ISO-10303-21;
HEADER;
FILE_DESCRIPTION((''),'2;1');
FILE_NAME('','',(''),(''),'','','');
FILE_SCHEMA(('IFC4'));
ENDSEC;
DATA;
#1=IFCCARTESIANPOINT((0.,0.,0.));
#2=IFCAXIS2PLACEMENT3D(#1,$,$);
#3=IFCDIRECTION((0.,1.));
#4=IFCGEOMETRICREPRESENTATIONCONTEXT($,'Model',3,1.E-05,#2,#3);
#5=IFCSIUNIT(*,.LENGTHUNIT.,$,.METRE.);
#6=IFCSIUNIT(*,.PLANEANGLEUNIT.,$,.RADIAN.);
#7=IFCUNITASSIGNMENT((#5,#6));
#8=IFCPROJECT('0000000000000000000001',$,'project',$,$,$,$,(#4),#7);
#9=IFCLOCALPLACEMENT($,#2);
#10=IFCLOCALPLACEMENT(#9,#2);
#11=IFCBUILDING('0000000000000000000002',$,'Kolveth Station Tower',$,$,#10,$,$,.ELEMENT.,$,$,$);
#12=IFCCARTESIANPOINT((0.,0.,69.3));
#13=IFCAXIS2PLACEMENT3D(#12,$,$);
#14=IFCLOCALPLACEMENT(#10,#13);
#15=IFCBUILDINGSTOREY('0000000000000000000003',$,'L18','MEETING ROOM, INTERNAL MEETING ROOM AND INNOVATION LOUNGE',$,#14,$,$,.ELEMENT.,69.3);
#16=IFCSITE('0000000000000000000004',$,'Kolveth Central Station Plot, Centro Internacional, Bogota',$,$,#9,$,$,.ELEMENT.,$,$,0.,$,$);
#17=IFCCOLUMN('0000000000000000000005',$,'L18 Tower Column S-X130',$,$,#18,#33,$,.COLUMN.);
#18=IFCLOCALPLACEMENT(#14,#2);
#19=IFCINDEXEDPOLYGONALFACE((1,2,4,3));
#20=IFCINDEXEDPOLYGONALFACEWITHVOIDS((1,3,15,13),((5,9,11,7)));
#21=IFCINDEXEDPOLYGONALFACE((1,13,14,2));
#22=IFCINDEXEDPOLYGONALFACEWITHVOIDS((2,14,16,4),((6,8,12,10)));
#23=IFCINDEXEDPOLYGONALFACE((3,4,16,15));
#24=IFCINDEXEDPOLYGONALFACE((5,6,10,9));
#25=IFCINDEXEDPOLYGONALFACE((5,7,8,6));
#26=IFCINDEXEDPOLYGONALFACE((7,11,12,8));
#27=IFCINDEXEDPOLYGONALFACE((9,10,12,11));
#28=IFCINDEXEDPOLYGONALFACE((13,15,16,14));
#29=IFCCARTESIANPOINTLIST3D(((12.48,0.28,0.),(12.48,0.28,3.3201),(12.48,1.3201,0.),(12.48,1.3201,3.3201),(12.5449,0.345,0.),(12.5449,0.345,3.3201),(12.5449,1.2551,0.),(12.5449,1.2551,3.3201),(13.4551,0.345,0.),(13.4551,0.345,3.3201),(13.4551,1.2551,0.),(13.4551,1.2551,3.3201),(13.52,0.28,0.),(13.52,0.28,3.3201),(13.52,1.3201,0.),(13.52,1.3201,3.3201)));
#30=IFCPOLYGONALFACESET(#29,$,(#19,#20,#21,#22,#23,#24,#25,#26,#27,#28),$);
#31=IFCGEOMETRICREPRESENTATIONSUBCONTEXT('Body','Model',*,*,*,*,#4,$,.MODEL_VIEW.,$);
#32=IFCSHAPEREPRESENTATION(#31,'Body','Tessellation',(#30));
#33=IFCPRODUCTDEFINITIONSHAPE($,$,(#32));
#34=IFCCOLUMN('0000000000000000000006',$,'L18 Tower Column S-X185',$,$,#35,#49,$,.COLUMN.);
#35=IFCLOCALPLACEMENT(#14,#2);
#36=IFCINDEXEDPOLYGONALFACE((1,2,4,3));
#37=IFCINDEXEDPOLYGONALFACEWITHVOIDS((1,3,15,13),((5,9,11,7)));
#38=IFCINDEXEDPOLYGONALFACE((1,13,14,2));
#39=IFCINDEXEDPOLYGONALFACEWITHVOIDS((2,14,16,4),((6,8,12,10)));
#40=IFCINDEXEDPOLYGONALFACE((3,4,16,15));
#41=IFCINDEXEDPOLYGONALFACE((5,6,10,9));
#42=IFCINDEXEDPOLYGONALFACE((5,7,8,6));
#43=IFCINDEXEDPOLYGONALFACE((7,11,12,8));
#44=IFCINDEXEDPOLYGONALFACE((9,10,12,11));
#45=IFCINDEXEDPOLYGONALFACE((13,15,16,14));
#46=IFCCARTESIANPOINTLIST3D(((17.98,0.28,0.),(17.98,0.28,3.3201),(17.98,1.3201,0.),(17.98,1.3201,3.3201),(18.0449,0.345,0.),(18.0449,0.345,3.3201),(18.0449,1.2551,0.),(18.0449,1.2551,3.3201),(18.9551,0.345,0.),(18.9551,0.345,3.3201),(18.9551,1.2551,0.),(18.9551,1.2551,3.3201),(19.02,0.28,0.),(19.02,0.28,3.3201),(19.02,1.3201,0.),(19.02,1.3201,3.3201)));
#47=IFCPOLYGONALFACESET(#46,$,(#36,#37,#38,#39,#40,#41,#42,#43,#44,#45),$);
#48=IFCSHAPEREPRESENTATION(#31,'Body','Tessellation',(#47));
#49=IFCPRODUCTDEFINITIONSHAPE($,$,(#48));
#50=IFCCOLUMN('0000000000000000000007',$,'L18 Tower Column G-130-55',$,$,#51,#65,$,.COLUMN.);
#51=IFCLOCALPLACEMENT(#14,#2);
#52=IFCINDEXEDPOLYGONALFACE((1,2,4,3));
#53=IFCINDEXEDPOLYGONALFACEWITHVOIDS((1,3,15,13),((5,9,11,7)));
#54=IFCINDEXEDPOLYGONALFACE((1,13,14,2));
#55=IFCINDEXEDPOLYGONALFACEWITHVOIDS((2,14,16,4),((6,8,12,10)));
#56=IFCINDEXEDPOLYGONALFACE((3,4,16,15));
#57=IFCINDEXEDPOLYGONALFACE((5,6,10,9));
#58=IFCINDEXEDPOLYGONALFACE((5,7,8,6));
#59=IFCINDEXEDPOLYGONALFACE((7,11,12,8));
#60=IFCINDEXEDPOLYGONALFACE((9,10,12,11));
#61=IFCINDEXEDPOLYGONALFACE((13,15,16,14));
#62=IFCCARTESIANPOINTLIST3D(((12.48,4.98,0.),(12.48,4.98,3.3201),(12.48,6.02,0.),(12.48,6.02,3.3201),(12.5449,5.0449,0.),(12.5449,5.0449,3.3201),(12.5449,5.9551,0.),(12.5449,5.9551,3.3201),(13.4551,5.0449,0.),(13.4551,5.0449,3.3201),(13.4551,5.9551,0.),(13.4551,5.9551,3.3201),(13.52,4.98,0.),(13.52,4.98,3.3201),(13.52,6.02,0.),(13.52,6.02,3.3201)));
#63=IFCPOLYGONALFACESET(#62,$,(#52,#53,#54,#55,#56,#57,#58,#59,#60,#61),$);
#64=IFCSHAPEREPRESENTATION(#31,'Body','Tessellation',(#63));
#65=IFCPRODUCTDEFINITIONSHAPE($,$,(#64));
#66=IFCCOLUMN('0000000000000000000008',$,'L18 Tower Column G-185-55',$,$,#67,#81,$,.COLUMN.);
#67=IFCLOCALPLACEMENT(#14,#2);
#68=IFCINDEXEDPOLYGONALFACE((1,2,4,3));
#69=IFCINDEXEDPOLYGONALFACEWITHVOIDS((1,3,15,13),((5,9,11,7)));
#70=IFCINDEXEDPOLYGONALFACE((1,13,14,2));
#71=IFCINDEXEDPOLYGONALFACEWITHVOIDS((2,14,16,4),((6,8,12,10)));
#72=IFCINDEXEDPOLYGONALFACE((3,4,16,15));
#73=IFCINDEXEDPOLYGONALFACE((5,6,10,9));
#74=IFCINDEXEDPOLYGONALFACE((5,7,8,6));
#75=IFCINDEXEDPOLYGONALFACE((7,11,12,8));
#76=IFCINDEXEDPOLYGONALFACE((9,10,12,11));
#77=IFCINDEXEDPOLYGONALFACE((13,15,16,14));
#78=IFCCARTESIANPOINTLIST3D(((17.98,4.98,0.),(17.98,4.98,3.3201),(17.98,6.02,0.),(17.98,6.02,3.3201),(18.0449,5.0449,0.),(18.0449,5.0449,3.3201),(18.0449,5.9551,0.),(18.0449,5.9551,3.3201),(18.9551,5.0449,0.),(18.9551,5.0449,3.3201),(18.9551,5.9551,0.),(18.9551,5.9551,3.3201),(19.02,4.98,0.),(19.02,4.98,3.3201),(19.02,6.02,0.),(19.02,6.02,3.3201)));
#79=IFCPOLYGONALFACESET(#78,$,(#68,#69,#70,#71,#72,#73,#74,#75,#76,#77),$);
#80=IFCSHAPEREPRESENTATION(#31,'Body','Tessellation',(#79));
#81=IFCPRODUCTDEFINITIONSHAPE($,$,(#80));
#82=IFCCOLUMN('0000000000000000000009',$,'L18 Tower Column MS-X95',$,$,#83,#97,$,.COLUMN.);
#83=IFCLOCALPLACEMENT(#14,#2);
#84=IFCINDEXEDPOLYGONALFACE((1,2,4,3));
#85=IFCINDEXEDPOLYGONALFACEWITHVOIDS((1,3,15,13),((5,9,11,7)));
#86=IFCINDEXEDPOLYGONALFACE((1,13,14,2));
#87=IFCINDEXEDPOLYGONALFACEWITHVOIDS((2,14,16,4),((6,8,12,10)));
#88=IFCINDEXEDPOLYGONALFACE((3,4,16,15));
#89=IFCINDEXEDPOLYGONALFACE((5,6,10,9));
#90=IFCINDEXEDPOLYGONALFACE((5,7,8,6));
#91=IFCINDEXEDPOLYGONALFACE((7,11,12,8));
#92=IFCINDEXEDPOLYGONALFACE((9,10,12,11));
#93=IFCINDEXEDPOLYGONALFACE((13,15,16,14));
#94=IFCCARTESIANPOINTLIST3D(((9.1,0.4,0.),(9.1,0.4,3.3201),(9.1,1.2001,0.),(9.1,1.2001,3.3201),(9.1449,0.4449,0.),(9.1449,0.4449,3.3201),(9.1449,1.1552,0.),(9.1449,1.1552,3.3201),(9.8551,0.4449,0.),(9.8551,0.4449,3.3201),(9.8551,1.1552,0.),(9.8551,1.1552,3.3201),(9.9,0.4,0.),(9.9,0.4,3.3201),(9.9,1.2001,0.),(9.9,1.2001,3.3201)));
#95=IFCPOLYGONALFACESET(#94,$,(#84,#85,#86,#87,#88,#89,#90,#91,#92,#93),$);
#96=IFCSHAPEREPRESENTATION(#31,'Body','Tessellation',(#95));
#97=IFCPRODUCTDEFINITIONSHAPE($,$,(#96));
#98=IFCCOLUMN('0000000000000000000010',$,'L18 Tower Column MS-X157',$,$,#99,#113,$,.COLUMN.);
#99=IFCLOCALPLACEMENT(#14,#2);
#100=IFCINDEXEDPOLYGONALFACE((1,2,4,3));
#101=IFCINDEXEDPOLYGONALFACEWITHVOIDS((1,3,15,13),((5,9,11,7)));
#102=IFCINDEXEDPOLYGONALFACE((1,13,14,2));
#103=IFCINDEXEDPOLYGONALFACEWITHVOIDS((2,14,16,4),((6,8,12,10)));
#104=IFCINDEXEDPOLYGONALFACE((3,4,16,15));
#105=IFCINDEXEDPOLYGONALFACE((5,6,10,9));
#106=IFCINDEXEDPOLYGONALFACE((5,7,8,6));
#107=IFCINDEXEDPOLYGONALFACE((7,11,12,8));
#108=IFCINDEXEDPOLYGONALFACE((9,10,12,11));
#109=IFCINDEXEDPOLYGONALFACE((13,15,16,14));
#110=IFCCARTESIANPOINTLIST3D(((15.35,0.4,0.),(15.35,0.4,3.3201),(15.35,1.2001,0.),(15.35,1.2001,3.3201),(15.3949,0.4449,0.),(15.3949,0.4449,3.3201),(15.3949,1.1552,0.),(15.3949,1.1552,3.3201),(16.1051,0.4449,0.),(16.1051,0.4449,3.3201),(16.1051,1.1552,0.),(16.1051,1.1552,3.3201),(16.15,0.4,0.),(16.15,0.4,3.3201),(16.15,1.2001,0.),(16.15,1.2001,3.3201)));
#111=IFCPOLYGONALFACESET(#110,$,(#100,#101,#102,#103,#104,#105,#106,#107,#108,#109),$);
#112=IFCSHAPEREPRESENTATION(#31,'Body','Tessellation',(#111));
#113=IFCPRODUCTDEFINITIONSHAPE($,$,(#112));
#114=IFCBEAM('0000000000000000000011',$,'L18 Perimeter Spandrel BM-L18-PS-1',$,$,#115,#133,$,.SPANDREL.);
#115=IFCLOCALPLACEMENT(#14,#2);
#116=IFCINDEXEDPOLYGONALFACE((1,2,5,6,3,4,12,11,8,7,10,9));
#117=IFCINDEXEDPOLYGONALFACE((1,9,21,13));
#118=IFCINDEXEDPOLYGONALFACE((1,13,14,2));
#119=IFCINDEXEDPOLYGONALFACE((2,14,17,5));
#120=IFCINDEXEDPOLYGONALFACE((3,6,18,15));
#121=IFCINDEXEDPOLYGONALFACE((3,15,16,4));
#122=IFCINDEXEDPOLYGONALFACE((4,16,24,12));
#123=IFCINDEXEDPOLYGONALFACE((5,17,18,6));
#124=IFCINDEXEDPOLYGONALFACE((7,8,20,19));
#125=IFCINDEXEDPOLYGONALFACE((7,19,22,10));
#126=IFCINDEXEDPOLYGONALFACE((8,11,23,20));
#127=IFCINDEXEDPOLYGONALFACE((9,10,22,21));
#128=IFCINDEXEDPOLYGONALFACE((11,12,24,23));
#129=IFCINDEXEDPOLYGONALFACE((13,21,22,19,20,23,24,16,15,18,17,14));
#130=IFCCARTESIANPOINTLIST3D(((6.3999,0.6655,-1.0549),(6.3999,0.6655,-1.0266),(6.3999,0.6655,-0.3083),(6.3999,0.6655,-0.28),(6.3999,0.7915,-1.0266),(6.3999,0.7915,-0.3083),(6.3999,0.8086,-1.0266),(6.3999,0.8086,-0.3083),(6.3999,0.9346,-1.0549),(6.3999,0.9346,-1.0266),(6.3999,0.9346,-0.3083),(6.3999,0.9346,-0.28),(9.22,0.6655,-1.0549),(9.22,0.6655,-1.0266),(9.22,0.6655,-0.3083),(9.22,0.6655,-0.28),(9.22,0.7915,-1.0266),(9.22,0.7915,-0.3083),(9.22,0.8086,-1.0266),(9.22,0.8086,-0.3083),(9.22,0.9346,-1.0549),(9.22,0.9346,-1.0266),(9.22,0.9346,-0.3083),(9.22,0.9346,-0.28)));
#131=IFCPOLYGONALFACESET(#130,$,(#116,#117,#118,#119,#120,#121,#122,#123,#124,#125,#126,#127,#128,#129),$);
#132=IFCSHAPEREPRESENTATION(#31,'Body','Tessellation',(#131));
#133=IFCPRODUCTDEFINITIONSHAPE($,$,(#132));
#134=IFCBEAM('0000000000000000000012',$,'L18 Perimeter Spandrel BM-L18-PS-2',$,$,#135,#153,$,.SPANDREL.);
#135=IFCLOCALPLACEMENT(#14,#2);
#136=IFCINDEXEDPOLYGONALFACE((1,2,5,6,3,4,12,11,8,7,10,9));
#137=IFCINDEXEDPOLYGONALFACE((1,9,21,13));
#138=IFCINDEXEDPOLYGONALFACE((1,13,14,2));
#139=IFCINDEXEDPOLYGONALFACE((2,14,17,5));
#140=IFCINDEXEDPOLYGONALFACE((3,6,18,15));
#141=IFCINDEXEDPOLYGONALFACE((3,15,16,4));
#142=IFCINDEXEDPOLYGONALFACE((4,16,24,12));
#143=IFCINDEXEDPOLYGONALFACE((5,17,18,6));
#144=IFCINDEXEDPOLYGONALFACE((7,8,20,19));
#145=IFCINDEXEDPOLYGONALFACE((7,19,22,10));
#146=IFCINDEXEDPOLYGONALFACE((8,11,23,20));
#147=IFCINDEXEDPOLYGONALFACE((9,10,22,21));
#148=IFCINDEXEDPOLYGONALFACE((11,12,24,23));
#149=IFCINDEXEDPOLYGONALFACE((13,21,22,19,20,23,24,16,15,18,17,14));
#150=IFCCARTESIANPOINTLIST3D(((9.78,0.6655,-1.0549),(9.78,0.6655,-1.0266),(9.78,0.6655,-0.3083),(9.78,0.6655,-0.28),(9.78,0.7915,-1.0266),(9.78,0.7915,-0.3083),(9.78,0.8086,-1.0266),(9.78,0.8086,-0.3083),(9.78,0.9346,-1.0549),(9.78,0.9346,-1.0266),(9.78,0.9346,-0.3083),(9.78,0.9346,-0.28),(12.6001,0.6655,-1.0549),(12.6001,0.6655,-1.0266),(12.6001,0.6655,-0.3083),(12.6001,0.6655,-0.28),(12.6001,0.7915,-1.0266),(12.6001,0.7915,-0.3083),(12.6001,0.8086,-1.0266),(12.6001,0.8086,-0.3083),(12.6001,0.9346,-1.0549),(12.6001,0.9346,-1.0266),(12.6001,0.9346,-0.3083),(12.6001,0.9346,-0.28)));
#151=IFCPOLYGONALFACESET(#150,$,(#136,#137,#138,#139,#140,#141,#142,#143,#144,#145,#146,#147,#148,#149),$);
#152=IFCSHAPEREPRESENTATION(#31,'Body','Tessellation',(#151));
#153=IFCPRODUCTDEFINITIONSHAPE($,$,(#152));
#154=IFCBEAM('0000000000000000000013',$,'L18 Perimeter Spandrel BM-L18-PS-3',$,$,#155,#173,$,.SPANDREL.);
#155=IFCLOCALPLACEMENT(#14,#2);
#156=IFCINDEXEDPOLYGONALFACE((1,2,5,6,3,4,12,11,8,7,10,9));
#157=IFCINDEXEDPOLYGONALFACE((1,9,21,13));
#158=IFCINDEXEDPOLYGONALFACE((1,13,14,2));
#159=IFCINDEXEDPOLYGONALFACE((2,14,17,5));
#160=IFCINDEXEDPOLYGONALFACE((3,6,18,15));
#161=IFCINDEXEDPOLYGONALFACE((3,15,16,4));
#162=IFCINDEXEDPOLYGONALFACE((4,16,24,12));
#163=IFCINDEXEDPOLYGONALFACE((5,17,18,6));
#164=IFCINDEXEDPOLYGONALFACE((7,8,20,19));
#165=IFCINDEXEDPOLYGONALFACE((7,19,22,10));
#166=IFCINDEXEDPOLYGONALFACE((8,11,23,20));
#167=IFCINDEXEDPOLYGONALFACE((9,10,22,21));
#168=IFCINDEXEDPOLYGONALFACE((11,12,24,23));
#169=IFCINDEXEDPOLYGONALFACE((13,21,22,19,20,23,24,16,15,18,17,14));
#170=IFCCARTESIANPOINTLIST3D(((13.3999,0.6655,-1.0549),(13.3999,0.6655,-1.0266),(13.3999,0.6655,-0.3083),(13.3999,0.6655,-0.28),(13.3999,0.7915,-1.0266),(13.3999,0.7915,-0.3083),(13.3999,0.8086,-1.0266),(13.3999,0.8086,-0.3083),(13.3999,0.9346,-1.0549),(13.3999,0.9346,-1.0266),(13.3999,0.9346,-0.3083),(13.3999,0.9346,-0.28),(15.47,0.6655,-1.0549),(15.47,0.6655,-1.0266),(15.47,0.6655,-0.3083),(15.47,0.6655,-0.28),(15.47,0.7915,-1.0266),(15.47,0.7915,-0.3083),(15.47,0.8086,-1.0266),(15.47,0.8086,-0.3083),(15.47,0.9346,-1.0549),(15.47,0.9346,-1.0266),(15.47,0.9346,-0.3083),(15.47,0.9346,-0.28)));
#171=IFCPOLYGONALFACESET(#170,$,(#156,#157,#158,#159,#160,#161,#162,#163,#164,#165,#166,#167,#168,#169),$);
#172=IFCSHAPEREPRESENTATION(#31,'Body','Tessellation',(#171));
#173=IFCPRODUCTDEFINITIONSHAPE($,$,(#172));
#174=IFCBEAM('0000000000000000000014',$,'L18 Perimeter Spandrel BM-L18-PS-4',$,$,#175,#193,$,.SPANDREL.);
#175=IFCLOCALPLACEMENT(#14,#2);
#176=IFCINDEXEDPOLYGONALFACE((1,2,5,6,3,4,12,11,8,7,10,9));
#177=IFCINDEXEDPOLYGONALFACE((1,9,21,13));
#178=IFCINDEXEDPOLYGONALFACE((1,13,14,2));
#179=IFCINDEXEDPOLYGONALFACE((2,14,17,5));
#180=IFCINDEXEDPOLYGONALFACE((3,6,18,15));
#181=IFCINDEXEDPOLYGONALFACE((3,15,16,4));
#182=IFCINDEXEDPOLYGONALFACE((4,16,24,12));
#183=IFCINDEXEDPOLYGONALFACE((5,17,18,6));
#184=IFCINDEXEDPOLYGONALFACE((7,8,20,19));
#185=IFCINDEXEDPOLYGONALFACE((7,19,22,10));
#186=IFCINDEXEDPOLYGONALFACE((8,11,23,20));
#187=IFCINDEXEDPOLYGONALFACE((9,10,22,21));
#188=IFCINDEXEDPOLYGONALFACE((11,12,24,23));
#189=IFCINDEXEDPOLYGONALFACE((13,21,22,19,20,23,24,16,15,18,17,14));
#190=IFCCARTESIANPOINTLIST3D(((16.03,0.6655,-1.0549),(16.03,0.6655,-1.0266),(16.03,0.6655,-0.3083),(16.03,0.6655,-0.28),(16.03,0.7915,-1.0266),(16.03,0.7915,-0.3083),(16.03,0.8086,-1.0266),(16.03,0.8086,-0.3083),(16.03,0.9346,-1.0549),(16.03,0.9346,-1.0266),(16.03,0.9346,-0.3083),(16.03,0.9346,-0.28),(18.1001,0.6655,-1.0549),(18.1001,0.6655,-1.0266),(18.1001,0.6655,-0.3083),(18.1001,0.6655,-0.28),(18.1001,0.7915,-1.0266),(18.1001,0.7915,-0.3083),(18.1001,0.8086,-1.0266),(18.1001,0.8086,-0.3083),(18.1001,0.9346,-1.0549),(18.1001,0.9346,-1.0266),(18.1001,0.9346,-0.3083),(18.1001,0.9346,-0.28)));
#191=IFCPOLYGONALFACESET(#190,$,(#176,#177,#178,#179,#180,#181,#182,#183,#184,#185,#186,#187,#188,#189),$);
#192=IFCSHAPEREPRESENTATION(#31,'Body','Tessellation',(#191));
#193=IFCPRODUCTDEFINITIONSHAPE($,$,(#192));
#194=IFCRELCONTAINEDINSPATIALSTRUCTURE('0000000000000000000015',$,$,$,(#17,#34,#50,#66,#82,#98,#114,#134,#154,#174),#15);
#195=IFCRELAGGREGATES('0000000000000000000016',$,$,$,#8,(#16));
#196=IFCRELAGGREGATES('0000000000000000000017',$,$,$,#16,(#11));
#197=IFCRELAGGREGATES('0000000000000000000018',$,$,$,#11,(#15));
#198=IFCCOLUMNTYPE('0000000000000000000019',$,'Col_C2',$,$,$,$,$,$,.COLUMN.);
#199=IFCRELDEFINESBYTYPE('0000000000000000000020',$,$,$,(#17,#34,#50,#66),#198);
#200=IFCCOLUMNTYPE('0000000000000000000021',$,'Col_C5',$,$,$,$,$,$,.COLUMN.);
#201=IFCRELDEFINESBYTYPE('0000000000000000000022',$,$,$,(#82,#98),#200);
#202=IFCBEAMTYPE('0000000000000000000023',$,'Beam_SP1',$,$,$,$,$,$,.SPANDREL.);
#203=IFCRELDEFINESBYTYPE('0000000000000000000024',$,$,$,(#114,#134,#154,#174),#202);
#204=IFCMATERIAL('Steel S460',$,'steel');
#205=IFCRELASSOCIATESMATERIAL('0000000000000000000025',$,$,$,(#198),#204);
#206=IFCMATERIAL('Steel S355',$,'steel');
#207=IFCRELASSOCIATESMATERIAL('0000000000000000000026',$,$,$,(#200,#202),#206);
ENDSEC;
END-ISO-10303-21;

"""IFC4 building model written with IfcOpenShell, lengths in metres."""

from ifc_helpers import new_model, si_unit, direction, frame, origin, origin_2d, place, context, subcontext, project, spatial, hollow_rectangle, i_section, extrude, source, transform, mapped, material, material_profile, profile_set, type_object, element, save


model = new_model("IFC4")

# Units and contexts
model_context = context("Model", 3, precision=1e-05, world=origin(), true_north=direction((0.0, 1.0)))
body_context = subcontext(model_context, "Body", "Model", "MODEL_VIEW")
ifc_project = project(units=[si_unit("LENGTHUNIT", "METRE"), si_unit("PLANEANGLEUNIT", "RADIAN")], contexts=[model_context])

# Site, building, storey
site_placement = place(None, origin())
site = spatial("IfcSite", under=ifc_project, at=site_placement, Name="Kolveth Central Station Plot, Centro Internacional, Bogota", CompositionType="ELEMENT", RefElevation=0.0)
building_placement = place(site_placement, origin())
building = spatial("IfcBuilding", under=site, at=building_placement, Name="Kolveth Station Tower", CompositionType="ELEMENT")
storey_placement = place(building_placement, frame((0.0, 0.0, 69.3)))
storey = spatial("IfcBuildingStorey", under=building, at=storey_placement, Name="L18", Description="MEETING ROOM, INTERNAL MEETING ROOM AND INNOVATION LOUNGE", CompositionType="ELEMENT", Elevation=69.3)

# Columns
ifc_material_1 = material(Name="Steel S460", Category="steel")
ifc_material_profile_1 = material_profile(ifc_material_1, hollow_rectangle(XDim=1.04, YDim=1.04, WallThickness=0.0649, at=origin_2d()), Name="BOX1040x1040x65")
ifc_profile_set_1 = profile_set([ifc_material_profile_1], Name="Steel S460")
column_type_1 = type_object("IfcColumnType", Name="Col_C2", PredefinedType="COLUMN", material=ifc_profile_set_1)
shared_shape_1 = source(origin(), body_context, "Body", "SweptSolid", [
    extrude(hollow_rectangle(XDim=1.04, YDim=1.04, WallThickness=0.0649, at=origin_2d()), origin(), (0.0, 0.0, 1.0), 3.3201),
])
for number, where, z_axis, x_axis, name in (
    (1, (13.0, 0.8, 0.0), (0.0, 0.0, 1.0), (1.0, 0.0, 0.0), "L18 Tower Column S-X130"),
    (2, (18.5, 0.8, 0.0), (0.0, 0.0, 1.0), (1.0, 0.0, 0.0), "L18 Tower Column S-X185"),
    (3, (13.0, 5.5, 0.0), (0.0, 0.0, 1.0), (1.0, 0.0, 0.0), "L18 Tower Column G-130-55"),
    (4, (18.5, 5.5, 0.0), (0.0, 0.0, 1.0), (1.0, 0.0, 0.0), "L18 Tower Column G-185-55"),
):
    element("IfcColumn", number, at=place(storey_placement, frame(where, z_axis=z_axis, x_axis=x_axis)), inside=storey, type_object=column_type_1, Name=name, PredefinedType="COLUMN", context=body_context, shape_type="MappedRepresentation", body=[
        mapped(shared_shape_1, transform((0.0, 0.0, 0.0), x_axis=(1.0, 0.0, 0.0), y_axis=(0.0, 1.0, 0.0), z_axis=(0.0, 0.0, 1.0), scale=1.0)),
    ])
ifc_material_2 = material(Name="Steel S355", Category="steel")
ifc_material_profile_2 = material_profile(ifc_material_2, hollow_rectangle(XDim=0.8, YDim=0.8, WallThickness=0.0449, at=origin_2d()), Name="BOX800x800x45")
ifc_profile_set_2 = profile_set([ifc_material_profile_2], Name="Steel S355")
column_type_2 = type_object("IfcColumnType", Name="Col_C5", PredefinedType="COLUMN", material=ifc_profile_set_2)
shared_shape_2 = source(origin(), body_context, "Body", "SweptSolid", [
    extrude(hollow_rectangle(XDim=0.8, YDim=0.8, WallThickness=0.0449, at=origin_2d()), origin(), (0.0, 0.0, 1.0), 3.3201),
])
for number, where, z_axis, x_axis, name in (
    (5, (9.5, 0.8, 0.0), (0.0, 0.0, 1.0), (1.0, 0.0, 0.0), "L18 Tower Column MS-X95"),
    (6, (15.75, 0.8, 0.0), (0.0, 0.0, 1.0), (1.0, 0.0, 0.0), "L18 Tower Column MS-X157"),
):
    element("IfcColumn", number, at=place(storey_placement, frame(where, z_axis=z_axis, x_axis=x_axis)), inside=storey, type_object=column_type_2, Name=name, PredefinedType="COLUMN", context=body_context, shape_type="MappedRepresentation", body=[
        mapped(shared_shape_2, transform((0.0, 0.0, 0.0), x_axis=(1.0, 0.0, 0.0), y_axis=(0.0, 1.0, 0.0), z_axis=(0.0, 0.0, 1.0), scale=1.0)),
    ])

# Beams
ifc_material_profile_3 = material_profile(ifc_material_2, i_section(OverallWidth=0.269, OverallDepth=0.7749, WebThickness=0.0171, FlangeThickness=0.0283, at=origin_2d()), Name="W760x220")
ifc_profile_set_3 = profile_set([ifc_material_profile_3], Name="Steel S355")
beam_type_1 = type_object("IfcBeamType", Name="Beam_SP1", PredefinedType="SPANDREL", material=ifc_profile_set_3)
shared_shape_3 = source(origin(), body_context, "Body", "SweptSolid", [
    extrude(i_section(OverallWidth=0.269, OverallDepth=0.7749, WebThickness=0.0171, FlangeThickness=0.0283, at=origin_2d()), origin(), (0.0, 0.0, 1.0), 2.8201),
])
for number, where, z_axis, x_axis, name in (
    (7, (6.3999, 0.8, -0.6675), (1.0, 0.0, 0.0), (0.0, 1.0, 0.0), "L18 Perimeter Spandrel BM-L18-PS-1"),
    (8, (9.78, 0.8, -0.6675), (1.0, 0.0, 0.0), (0.0, 1.0, 0.0), "L18 Perimeter Spandrel BM-L18-PS-2"),
):
    element("IfcBeam", number, at=place(storey_placement, frame(where, z_axis=z_axis, x_axis=x_axis)), inside=storey, type_object=beam_type_1, Name=name, PredefinedType="SPANDREL", context=body_context, shape_type="MappedRepresentation", body=[
        mapped(shared_shape_3, transform((0.0, 0.0, 0.0), x_axis=(1.0, 0.0, 0.0), y_axis=(0.0, 1.0, 0.0), z_axis=(0.0, 0.0, 1.0), scale=1.0)),
    ])
shared_shape_4 = source(origin(), body_context, "Body", "SweptSolid", [
    extrude(i_section(OverallWidth=0.269, OverallDepth=0.7749, WebThickness=0.0171, FlangeThickness=0.0283, at=origin_2d()), origin(), (0.0, 0.0, 1.0), 2.0701),
])
for number, where, z_axis, x_axis, name in (
    (9, (13.3999, 0.8, -0.6675), (1.0, 0.0, 0.0), (0.0, 1.0, 0.0), "L18 Perimeter Spandrel BM-L18-PS-3"),
    (10, (16.03, 0.8, -0.6675), (1.0, 0.0, 0.0), (0.0, 1.0, 0.0), "L18 Perimeter Spandrel BM-L18-PS-4"),
):
    element("IfcBeam", number, at=place(storey_placement, frame(where, z_axis=z_axis, x_axis=x_axis)), inside=storey, type_object=beam_type_1, Name=name, PredefinedType="SPANDREL", context=body_context, shape_type="MappedRepresentation", body=[
        mapped(shared_shape_4, transform((0.0, 0.0, 0.0), x_axis=(1.0, 0.0, 0.0), y_axis=(0.0, 1.0, 0.0), z_axis=(0.0, 0.0, 1.0), scale=1.0)),
    ])

save(model, "model.ifc")
